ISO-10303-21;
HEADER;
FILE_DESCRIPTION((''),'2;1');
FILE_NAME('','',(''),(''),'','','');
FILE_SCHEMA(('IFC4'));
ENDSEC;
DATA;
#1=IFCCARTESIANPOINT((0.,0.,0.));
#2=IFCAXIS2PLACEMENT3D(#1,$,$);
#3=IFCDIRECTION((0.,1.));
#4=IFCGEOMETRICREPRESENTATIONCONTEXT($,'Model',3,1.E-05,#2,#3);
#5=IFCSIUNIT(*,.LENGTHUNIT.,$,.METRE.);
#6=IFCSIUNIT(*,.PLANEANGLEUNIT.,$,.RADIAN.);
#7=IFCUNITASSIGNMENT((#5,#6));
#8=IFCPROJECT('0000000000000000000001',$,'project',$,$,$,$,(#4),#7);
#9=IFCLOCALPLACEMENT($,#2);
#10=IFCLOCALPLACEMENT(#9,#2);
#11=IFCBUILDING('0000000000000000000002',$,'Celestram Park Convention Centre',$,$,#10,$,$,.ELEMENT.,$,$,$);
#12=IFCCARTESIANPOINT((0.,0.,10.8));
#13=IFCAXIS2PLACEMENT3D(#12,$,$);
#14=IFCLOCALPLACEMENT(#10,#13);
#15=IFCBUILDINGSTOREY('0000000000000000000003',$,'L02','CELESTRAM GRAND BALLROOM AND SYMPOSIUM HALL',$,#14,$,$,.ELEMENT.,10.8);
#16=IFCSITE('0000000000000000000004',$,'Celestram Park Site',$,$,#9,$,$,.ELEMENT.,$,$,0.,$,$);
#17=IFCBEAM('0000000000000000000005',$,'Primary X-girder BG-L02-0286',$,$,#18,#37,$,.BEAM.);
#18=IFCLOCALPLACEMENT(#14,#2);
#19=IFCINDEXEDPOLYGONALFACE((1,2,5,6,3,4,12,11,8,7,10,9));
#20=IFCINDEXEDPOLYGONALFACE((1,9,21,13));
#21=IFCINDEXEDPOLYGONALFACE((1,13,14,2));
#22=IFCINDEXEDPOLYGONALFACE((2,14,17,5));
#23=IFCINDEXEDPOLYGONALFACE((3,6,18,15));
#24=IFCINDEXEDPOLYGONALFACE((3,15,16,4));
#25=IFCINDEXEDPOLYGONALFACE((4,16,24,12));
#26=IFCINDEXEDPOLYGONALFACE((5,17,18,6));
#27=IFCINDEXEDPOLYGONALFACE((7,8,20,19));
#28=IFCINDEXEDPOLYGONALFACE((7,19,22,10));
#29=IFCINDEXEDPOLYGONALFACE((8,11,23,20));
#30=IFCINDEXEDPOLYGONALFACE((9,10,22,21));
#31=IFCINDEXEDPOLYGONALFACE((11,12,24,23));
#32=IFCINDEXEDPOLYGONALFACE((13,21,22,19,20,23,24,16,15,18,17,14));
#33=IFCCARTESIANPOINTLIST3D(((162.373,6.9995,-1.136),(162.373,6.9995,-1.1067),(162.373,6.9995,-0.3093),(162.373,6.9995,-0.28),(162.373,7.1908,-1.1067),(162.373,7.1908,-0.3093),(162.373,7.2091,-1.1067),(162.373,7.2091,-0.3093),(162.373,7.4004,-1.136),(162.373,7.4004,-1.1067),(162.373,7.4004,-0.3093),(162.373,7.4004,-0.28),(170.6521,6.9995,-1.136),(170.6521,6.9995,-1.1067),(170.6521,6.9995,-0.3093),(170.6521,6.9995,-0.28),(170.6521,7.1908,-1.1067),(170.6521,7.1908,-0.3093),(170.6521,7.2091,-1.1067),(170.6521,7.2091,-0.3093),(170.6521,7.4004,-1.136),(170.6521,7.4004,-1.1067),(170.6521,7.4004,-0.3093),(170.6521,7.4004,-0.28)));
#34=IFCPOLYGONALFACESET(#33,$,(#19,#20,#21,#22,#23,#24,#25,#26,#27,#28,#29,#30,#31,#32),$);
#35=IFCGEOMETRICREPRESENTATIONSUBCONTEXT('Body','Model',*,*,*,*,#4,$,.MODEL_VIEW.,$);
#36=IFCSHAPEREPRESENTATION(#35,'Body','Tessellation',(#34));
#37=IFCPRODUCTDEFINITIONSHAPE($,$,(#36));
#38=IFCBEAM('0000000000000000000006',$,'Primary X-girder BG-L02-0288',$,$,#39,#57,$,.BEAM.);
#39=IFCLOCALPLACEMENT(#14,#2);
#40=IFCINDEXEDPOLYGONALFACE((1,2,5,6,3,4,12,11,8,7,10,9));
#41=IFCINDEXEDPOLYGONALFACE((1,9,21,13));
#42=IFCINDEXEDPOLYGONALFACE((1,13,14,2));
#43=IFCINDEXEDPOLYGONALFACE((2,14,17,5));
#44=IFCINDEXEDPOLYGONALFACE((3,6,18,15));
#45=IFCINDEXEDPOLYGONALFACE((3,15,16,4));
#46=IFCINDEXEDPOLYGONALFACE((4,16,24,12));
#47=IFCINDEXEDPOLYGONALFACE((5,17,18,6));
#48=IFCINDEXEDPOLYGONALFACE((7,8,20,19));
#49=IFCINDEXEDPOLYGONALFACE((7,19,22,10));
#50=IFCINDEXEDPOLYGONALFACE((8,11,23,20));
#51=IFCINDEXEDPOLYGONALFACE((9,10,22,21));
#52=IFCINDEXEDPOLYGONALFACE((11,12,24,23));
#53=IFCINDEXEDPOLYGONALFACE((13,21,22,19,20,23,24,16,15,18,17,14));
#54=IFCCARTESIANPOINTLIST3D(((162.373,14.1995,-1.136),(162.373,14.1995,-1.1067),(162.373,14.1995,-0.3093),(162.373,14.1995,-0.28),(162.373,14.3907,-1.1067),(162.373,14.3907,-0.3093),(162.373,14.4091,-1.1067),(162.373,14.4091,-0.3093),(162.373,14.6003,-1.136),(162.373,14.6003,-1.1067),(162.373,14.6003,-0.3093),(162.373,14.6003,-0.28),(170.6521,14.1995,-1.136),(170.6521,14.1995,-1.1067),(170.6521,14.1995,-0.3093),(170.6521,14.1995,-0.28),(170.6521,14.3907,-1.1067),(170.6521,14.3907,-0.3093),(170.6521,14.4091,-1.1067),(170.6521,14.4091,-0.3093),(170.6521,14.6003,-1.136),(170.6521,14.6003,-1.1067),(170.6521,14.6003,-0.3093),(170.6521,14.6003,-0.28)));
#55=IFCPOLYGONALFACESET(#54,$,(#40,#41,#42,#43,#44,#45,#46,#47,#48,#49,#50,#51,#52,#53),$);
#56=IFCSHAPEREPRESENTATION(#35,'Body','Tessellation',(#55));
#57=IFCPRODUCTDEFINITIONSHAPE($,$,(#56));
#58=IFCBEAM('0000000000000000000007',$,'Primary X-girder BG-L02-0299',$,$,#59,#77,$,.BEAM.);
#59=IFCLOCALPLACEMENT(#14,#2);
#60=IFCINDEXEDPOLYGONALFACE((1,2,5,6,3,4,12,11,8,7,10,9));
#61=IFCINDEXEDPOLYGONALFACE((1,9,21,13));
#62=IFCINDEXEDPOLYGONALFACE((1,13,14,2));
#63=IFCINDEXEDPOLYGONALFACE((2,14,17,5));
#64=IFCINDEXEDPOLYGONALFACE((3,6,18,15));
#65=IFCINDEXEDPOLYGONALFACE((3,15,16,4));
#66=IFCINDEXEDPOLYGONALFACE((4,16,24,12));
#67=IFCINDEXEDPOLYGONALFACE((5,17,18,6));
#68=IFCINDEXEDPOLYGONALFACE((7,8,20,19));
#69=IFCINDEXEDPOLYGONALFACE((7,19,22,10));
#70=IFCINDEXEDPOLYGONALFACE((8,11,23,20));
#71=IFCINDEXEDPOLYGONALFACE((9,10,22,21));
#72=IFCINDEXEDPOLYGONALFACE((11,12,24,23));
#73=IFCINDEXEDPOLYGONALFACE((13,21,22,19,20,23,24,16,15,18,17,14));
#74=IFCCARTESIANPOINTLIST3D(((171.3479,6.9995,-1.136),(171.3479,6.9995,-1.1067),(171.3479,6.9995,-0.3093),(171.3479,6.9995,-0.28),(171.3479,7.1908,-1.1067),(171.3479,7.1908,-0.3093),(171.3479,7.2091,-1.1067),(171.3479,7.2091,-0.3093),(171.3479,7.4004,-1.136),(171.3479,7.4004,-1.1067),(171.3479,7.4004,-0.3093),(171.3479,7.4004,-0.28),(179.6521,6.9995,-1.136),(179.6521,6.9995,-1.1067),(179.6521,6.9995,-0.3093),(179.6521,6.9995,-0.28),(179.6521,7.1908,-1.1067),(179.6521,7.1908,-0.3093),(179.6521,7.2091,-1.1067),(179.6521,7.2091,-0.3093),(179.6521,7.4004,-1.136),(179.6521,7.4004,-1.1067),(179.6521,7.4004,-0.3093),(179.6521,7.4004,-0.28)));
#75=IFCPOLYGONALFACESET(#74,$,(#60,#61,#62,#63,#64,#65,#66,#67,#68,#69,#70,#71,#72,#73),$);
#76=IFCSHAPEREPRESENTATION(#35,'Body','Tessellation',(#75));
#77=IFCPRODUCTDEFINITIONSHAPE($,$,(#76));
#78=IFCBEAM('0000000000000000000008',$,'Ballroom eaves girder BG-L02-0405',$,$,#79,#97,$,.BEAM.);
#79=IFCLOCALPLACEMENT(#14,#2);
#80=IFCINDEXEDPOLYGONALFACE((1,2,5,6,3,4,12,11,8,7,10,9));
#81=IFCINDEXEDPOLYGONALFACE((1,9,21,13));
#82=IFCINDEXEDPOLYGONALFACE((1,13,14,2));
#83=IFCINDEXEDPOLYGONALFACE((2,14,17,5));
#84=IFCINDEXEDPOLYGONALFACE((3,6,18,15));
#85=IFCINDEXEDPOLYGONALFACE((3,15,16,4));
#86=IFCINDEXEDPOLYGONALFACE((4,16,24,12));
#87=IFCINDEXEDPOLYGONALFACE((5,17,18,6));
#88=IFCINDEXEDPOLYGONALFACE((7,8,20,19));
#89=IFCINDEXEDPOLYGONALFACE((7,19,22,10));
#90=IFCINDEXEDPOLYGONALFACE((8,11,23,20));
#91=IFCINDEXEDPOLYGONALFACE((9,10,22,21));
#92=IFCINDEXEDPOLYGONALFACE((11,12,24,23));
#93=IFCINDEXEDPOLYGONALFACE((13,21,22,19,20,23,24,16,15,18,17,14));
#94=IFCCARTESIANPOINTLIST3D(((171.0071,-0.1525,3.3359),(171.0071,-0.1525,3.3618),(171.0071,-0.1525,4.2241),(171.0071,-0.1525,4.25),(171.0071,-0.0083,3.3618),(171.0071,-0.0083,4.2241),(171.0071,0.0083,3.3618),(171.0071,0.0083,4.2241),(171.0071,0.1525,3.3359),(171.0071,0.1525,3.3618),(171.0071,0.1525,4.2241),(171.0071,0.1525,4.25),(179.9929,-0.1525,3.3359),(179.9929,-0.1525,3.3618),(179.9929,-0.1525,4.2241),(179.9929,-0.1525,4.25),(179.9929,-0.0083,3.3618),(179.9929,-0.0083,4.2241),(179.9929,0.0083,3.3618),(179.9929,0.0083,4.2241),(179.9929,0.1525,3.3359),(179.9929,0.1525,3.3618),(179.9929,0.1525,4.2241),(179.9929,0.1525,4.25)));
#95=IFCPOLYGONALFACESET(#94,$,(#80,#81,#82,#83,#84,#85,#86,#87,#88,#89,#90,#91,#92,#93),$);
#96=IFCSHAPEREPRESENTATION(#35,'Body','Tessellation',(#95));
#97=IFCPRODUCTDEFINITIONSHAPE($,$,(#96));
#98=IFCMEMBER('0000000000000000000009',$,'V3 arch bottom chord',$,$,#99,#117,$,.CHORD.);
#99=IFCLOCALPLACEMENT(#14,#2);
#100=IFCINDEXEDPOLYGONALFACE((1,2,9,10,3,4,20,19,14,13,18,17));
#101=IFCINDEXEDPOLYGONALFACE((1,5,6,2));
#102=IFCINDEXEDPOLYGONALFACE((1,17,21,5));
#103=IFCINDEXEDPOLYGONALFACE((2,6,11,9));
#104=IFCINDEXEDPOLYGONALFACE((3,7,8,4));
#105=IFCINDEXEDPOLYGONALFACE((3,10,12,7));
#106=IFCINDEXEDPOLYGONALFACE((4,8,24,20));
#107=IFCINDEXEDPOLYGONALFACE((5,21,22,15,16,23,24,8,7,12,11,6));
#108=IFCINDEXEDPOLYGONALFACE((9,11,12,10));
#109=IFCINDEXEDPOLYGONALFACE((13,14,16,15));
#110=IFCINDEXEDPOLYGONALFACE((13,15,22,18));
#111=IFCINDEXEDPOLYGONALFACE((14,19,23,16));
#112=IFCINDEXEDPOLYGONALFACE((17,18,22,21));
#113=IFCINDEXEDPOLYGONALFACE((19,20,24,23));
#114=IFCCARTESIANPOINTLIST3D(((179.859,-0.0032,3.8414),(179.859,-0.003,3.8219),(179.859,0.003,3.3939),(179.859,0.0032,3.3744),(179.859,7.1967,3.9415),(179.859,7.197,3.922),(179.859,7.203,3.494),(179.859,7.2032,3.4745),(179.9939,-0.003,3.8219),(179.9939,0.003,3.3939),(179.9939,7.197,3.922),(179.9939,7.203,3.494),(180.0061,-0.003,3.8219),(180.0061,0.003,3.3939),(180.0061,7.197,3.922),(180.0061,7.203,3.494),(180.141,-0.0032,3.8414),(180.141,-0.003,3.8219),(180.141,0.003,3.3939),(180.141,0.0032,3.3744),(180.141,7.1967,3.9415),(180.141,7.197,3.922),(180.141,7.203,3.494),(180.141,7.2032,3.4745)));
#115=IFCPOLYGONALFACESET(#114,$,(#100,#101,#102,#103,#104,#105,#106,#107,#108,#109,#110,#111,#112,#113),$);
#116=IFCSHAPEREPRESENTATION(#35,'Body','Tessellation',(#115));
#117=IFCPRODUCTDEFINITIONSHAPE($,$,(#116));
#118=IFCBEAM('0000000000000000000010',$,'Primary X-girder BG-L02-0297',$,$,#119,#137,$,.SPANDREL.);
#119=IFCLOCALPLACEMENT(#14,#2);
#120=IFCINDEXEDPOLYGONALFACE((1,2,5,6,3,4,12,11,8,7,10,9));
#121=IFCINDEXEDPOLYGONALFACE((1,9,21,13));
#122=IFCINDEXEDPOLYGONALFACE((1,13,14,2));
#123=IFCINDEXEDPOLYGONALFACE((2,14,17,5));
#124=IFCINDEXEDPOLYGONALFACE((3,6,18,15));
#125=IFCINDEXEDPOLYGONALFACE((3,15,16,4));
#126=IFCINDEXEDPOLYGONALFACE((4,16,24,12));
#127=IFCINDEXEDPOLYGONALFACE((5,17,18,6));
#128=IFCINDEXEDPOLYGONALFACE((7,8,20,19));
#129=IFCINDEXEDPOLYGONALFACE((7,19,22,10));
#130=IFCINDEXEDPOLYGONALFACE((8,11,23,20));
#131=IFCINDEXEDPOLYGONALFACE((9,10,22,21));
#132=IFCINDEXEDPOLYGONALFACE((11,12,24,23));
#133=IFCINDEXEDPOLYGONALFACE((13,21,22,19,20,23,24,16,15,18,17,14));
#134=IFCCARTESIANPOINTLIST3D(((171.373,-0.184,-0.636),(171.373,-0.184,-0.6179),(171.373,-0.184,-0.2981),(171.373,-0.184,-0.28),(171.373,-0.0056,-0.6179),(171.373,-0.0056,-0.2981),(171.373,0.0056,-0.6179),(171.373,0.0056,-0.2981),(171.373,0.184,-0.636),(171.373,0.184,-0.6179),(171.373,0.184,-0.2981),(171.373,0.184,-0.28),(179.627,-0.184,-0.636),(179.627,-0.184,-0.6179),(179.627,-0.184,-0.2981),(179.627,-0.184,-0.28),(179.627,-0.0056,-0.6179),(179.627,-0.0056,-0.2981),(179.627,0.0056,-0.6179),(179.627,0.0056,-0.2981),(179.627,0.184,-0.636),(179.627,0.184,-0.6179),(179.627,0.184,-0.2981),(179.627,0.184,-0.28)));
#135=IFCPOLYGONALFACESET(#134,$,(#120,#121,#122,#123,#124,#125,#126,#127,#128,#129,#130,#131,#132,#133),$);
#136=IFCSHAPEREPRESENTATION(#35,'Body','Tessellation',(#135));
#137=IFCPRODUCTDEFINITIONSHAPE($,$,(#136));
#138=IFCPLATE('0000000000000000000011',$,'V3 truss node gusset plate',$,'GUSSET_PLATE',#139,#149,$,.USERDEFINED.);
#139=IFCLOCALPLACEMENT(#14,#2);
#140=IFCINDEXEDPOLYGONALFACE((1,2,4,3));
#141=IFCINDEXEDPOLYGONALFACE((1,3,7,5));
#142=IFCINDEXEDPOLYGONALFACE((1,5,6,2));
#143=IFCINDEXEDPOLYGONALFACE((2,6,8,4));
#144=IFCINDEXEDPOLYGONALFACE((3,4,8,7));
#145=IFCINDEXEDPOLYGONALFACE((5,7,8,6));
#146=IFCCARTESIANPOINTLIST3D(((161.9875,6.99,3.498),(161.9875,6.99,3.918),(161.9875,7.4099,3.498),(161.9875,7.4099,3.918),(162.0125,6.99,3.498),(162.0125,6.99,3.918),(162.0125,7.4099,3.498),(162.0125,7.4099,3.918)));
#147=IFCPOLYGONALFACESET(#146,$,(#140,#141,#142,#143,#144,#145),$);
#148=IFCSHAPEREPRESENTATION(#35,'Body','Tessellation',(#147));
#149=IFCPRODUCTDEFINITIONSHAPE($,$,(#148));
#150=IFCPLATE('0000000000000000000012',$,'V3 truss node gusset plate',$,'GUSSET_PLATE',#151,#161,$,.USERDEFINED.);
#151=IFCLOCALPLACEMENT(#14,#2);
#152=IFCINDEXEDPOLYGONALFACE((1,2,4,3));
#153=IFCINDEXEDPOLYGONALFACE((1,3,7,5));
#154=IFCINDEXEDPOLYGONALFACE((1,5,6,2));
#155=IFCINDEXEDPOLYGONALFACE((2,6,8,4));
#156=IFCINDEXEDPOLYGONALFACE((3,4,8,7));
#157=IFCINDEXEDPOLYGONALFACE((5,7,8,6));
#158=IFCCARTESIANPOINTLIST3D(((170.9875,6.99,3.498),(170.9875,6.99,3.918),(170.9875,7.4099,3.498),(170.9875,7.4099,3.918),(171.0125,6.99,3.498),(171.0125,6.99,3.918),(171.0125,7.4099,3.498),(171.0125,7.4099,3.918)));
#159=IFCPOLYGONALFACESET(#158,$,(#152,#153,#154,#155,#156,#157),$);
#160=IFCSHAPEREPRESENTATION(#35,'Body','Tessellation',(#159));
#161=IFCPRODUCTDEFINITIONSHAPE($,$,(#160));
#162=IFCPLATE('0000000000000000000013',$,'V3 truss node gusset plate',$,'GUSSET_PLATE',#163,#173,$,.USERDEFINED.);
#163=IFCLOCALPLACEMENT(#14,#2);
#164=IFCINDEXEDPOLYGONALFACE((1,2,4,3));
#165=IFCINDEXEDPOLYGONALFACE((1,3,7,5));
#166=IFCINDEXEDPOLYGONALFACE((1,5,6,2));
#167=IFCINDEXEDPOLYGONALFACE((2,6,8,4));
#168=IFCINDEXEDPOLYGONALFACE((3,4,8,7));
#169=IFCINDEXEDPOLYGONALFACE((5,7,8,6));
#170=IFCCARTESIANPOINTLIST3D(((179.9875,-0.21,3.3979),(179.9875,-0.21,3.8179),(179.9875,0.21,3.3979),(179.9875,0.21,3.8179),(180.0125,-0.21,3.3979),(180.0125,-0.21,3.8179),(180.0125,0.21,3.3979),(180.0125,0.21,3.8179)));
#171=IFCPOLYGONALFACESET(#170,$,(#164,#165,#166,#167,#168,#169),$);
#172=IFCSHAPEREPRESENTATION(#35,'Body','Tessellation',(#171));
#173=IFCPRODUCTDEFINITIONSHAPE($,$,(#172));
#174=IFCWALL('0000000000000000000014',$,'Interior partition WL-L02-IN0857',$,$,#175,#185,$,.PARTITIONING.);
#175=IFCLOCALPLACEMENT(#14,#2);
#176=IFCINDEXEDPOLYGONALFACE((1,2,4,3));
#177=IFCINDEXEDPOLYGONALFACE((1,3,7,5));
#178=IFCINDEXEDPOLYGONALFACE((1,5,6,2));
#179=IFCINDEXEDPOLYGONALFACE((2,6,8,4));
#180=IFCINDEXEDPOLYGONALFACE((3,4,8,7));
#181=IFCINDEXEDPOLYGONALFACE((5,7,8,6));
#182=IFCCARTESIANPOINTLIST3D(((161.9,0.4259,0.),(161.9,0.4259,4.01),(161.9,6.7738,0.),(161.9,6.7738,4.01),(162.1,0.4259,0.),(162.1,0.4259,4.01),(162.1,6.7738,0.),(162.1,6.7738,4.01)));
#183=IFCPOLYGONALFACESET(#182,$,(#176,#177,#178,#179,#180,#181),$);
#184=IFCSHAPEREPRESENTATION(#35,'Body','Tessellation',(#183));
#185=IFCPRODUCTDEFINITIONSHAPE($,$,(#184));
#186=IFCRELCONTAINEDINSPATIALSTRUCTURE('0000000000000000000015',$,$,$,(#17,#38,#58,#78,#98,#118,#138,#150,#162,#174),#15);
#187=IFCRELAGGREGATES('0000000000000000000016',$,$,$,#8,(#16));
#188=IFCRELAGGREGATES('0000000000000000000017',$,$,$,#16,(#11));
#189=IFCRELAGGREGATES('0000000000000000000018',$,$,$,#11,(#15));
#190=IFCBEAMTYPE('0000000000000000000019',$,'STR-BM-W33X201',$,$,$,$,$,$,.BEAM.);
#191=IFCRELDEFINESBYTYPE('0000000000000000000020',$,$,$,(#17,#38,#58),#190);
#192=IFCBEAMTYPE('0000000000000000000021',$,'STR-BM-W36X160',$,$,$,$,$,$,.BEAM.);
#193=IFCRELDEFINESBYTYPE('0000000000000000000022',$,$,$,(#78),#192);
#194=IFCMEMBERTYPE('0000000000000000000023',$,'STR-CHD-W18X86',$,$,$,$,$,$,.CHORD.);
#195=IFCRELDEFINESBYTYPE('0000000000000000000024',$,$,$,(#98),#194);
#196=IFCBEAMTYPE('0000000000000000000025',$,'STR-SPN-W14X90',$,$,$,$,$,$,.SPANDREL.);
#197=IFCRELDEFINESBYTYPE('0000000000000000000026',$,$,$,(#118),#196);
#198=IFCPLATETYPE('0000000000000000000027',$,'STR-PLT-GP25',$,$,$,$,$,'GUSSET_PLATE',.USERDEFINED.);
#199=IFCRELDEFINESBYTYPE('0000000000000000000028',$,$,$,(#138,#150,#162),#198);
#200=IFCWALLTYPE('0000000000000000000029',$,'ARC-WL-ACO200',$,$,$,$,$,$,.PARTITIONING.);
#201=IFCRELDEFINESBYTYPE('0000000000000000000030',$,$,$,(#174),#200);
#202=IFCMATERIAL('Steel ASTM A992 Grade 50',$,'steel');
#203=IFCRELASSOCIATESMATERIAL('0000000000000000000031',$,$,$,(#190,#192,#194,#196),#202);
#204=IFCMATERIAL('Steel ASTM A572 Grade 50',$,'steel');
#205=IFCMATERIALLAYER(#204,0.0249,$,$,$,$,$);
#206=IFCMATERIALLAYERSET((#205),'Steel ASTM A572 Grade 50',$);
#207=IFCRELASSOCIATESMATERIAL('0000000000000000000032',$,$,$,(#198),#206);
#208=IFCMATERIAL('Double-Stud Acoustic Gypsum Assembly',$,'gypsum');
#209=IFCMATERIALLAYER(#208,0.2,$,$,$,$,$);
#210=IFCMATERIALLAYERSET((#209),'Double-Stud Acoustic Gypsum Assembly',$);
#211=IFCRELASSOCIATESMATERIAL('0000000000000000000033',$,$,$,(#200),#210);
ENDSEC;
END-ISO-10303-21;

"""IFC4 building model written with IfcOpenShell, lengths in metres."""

from ifc_helpers import new_model, si_unit, direction, frame, frame_2d, origin, origin_2d, place, context, subcontext, project, spatial, rectangle, i_section, extrude, material, layer, layer_set, material_profile, profile_set, type_object, element, save


model = new_model("IFC4")

# Units and contexts
model_context = context("Model", 3, precision=1e-05, world=origin(), true_north=direction((0.0, 1.0)))
body_context = subcontext(model_context, "Body", "Model", "MODEL_VIEW")
ifc_project = project(units=[si_unit("LENGTHUNIT", "METRE"), si_unit("PLANEANGLEUNIT", "RADIAN")], contexts=[model_context])

# Site, building, storey
site_placement = place(None, origin())
site = spatial("IfcSite", under=ifc_project, at=site_placement, Name="Celestram Park Site", CompositionType="ELEMENT", RefElevation=0.0)
building_placement = place(site_placement, origin())
building = spatial("IfcBuilding", under=site, at=building_placement, Name="Celestram Park Convention Centre", CompositionType="ELEMENT")
storey_placement = place(building_placement, frame((0.0, 0.0, 10.8)))
storey = spatial("IfcBuildingStorey", under=building, at=storey_placement, Name="L02", Description="CELESTRAM GRAND BALLROOM AND SYMPOSIUM HALL", CompositionType="ELEMENT", Elevation=10.8)

# Shared definitions
ifc_material_1 = material(Name="Steel ASTM A992 Grade 50", Category="steel")

# Beams
ifc_material_profile_1 = material_profile(ifc_material_1, i_section(OverallWidth=0.4009, OverallDepth=0.856, WebThickness=0.0183, FlangeThickness=0.0293, at=origin_2d()), Name="W33X201")
ifc_profile_set_1 = profile_set([ifc_material_profile_1], Name="Steel ASTM A992 Grade 50")
beam_type_1 = type_object("IfcBeamType", Name="STR-BM-W33X201", PredefinedType="BEAM", material=ifc_profile_set_1)
for number, where, z_axis, x_axis, name in (
    (1, (162.373, 7.2, -0.708), (1.0, 0.0, 0.0), (0.0, 1.0, 0.0), "Primary X-girder BG-L02-0286"),
    (2, (162.373, 14.3999, -0.708), (1.0, 0.0, 0.0), (0.0, 1.0, 0.0), "Primary X-girder BG-L02-0288"),
):
    element("IfcBeam", number, at=place(storey_placement, frame(where, z_axis=z_axis, x_axis=x_axis)), inside=storey, type_object=beam_type_1, Name=name, PredefinedType="BEAM", context=body_context, shape_type="SweptSolid", body=[
        extrude(i_section(OverallWidth=0.4009, OverallDepth=0.856, WebThickness=0.0183, FlangeThickness=0.0293, at=origin_2d()), origin(), (0.0, 0.0, 1.0), 8.2791),
    ])
beam_1_placement = place(storey_placement, frame((171.3479, 7.2, -0.708), z_axis=(1.0, 0.0, 0.0), x_axis=(0.0, 1.0, 0.0)))
element("IfcBeam", 3, at=beam_1_placement, inside=storey, type_object=beam_type_1, Name="Primary X-girder BG-L02-0299", PredefinedType="BEAM", context=body_context, shape_type="SweptSolid", body=[
    extrude(i_section(OverallWidth=0.4009, OverallDepth=0.856, WebThickness=0.0183, FlangeThickness=0.0293, at=origin_2d()), origin(), (0.0, 0.0, 1.0), 8.3042),
])
ifc_material_profile_2 = material_profile(ifc_material_1, i_section(OverallWidth=0.3049, OverallDepth=0.9141, WebThickness=0.0166, FlangeThickness=0.0259, at=origin_2d()), Name="W36X160")
ifc_profile_set_2 = profile_set([ifc_material_profile_2], Name="Steel ASTM A992 Grade 50")
beam_type_2 = type_object("IfcBeamType", Name="STR-BM-W36X160", PredefinedType="BEAM", material=ifc_profile_set_2)
beam_2_placement = place(storey_placement, frame((171.0071, 0.0, 3.793), z_axis=(1.0, 0.0, 0.0), x_axis=(0.0, 1.0, 0.0)))
element("IfcBeam", 4, at=beam_2_placement, inside=storey, type_object=beam_type_2, Name="Ballroom eaves girder BG-L02-0405", PredefinedType="BEAM", context=body_context, shape_type="SweptSolid", body=[
    extrude(i_section(OverallWidth=0.3049, OverallDepth=0.9141, WebThickness=0.0166, FlangeThickness=0.0259, at=origin_2d()), origin(), (0.0, 0.0, 1.0), 8.9858),
])

# Member
ifc_material_profile_3 = material_profile(ifc_material_1, i_section(OverallWidth=0.282, OverallDepth=0.467, WebThickness=0.0122, FlangeThickness=0.0195, at=origin_2d()), Name="W18X86")
ifc_profile_set_3 = profile_set([ifc_material_profile_3], Name="Steel ASTM A992 Grade 50")
member_type = type_object("IfcMemberType", Name="STR-CHD-W18X86", PredefinedType="CHORD", material=ifc_profile_set_3)
member_placement = place(storey_placement, frame((180.0, 0.0, 3.6079), z_axis=(0.0, 0.999903, 0.013901), x_axis=(-1.0, 0.0, 0.0)))
element("IfcMember", 5, at=member_placement, inside=storey, type_object=member_type, Name="V3 arch bottom chord", PredefinedType="CHORD", context=body_context, shape_type="SweptSolid", body=[
    extrude(i_section(OverallWidth=0.282, OverallDepth=0.467, WebThickness=0.0122, FlangeThickness=0.0195, at=origin_2d()), origin(), (0.0, 0.0, 1.0), 7.2007),
])

# Beam
ifc_material_profile_4 = material_profile(ifc_material_1, i_section(OverallWidth=0.3679, OverallDepth=0.356, WebThickness=0.0112, FlangeThickness=0.0181, at=origin_2d()), Name="W14X90")
ifc_profile_set_4 = profile_set([ifc_material_profile_4], Name="Steel ASTM A992 Grade 50")
beam_type_3 = type_object("IfcBeamType", Name="STR-SPN-W14X90", PredefinedType="SPANDREL", material=ifc_profile_set_4)
beam_3_placement = place(storey_placement, frame((171.373, 0.0, -0.458), z_axis=(1.0, 0.0, 0.0), x_axis=(0.0, 1.0, 0.0)))
element("IfcBeam", 6, at=beam_3_placement, inside=storey, type_object=beam_type_3, Name="Primary X-girder BG-L02-0297", PredefinedType="SPANDREL", context=body_context, shape_type="SweptSolid", body=[
    extrude(i_section(OverallWidth=0.3679, OverallDepth=0.356, WebThickness=0.0112, FlangeThickness=0.0181, at=origin_2d()), origin(), (0.0, 0.0, 1.0), 8.2539),
])

# Plates
ifc_material_2 = material(Name="Steel ASTM A572 Grade 50", Category="steel")
ifc_layer_1 = layer(ifc_material_2, 0.0249)
ifc_layer_set_1 = layer_set([ifc_layer_1], Name="Steel ASTM A572 Grade 50")
plate_type = type_object("IfcPlateType", Name="STR-PLT-GP25", ElementType="GUSSET_PLATE", PredefinedType="USERDEFINED", material=ifc_layer_set_1)
for number, where, z_axis, x_axis, name in (
    (7, (162.0, 7.2, 3.498), (0.0, 0.0, 1.0), (0.0, 1.0, 0.0), "V3 truss node gusset plate"),
    (8, (171.0, 7.2, 3.498), (0.0, 0.0, 1.0), (0.0, 1.0, 0.0), "V3 truss node gusset plate"),
    (9, (180.0, 0.0, 3.3979), (0.0, 0.0, 1.0), (0.0, 1.0, 0.0), "V3 truss node gusset plate"),
):
    element("IfcPlate", number, at=place(storey_placement, frame(where, z_axis=z_axis, x_axis=x_axis)), inside=storey, type_object=plate_type, Name=name, ObjectType="GUSSET_PLATE", PredefinedType="USERDEFINED", context=body_context, shape_type="SweptSolid", body=[
        extrude(rectangle(XDim=0.4199, YDim=0.0249, at=origin_2d()), origin(), (0.0, 0.0, 1.0), 0.4199),
    ])

# Wall
ifc_material_3 = material(Name="Double-Stud Acoustic Gypsum Assembly", Category="gypsum")
ifc_layer_2 = layer(ifc_material_3, 0.2)
ifc_layer_set_2 = layer_set([ifc_layer_2], Name="Double-Stud Acoustic Gypsum Assembly")
wall_type_1 = type_object("IfcWallType", Name="ARC-WL-ACO200", PredefinedType="PARTITIONING", material=ifc_layer_set_2)
wall_1_placement = place(storey_placement, frame((162.0, 0.426, 0.0), z_axis=(0.0, 0.0, 1.0), x_axis=(0.0, 1.0, 0.0)))
element("IfcWall", 10, at=wall_1_placement, inside=storey, type_object=wall_type_1, Name="Interior partition WL-L02-IN0857", PredefinedType="PARTITIONING", context=body_context, shape_type="SweptSolid", body=[
    extrude(rectangle(XDim=6.3479, YDim=0.2, at=frame_2d((3.1738, 0.0))), origin(), (0.0, 0.0, 1.0), 4.01),
])

save(model, "model.ifc")
